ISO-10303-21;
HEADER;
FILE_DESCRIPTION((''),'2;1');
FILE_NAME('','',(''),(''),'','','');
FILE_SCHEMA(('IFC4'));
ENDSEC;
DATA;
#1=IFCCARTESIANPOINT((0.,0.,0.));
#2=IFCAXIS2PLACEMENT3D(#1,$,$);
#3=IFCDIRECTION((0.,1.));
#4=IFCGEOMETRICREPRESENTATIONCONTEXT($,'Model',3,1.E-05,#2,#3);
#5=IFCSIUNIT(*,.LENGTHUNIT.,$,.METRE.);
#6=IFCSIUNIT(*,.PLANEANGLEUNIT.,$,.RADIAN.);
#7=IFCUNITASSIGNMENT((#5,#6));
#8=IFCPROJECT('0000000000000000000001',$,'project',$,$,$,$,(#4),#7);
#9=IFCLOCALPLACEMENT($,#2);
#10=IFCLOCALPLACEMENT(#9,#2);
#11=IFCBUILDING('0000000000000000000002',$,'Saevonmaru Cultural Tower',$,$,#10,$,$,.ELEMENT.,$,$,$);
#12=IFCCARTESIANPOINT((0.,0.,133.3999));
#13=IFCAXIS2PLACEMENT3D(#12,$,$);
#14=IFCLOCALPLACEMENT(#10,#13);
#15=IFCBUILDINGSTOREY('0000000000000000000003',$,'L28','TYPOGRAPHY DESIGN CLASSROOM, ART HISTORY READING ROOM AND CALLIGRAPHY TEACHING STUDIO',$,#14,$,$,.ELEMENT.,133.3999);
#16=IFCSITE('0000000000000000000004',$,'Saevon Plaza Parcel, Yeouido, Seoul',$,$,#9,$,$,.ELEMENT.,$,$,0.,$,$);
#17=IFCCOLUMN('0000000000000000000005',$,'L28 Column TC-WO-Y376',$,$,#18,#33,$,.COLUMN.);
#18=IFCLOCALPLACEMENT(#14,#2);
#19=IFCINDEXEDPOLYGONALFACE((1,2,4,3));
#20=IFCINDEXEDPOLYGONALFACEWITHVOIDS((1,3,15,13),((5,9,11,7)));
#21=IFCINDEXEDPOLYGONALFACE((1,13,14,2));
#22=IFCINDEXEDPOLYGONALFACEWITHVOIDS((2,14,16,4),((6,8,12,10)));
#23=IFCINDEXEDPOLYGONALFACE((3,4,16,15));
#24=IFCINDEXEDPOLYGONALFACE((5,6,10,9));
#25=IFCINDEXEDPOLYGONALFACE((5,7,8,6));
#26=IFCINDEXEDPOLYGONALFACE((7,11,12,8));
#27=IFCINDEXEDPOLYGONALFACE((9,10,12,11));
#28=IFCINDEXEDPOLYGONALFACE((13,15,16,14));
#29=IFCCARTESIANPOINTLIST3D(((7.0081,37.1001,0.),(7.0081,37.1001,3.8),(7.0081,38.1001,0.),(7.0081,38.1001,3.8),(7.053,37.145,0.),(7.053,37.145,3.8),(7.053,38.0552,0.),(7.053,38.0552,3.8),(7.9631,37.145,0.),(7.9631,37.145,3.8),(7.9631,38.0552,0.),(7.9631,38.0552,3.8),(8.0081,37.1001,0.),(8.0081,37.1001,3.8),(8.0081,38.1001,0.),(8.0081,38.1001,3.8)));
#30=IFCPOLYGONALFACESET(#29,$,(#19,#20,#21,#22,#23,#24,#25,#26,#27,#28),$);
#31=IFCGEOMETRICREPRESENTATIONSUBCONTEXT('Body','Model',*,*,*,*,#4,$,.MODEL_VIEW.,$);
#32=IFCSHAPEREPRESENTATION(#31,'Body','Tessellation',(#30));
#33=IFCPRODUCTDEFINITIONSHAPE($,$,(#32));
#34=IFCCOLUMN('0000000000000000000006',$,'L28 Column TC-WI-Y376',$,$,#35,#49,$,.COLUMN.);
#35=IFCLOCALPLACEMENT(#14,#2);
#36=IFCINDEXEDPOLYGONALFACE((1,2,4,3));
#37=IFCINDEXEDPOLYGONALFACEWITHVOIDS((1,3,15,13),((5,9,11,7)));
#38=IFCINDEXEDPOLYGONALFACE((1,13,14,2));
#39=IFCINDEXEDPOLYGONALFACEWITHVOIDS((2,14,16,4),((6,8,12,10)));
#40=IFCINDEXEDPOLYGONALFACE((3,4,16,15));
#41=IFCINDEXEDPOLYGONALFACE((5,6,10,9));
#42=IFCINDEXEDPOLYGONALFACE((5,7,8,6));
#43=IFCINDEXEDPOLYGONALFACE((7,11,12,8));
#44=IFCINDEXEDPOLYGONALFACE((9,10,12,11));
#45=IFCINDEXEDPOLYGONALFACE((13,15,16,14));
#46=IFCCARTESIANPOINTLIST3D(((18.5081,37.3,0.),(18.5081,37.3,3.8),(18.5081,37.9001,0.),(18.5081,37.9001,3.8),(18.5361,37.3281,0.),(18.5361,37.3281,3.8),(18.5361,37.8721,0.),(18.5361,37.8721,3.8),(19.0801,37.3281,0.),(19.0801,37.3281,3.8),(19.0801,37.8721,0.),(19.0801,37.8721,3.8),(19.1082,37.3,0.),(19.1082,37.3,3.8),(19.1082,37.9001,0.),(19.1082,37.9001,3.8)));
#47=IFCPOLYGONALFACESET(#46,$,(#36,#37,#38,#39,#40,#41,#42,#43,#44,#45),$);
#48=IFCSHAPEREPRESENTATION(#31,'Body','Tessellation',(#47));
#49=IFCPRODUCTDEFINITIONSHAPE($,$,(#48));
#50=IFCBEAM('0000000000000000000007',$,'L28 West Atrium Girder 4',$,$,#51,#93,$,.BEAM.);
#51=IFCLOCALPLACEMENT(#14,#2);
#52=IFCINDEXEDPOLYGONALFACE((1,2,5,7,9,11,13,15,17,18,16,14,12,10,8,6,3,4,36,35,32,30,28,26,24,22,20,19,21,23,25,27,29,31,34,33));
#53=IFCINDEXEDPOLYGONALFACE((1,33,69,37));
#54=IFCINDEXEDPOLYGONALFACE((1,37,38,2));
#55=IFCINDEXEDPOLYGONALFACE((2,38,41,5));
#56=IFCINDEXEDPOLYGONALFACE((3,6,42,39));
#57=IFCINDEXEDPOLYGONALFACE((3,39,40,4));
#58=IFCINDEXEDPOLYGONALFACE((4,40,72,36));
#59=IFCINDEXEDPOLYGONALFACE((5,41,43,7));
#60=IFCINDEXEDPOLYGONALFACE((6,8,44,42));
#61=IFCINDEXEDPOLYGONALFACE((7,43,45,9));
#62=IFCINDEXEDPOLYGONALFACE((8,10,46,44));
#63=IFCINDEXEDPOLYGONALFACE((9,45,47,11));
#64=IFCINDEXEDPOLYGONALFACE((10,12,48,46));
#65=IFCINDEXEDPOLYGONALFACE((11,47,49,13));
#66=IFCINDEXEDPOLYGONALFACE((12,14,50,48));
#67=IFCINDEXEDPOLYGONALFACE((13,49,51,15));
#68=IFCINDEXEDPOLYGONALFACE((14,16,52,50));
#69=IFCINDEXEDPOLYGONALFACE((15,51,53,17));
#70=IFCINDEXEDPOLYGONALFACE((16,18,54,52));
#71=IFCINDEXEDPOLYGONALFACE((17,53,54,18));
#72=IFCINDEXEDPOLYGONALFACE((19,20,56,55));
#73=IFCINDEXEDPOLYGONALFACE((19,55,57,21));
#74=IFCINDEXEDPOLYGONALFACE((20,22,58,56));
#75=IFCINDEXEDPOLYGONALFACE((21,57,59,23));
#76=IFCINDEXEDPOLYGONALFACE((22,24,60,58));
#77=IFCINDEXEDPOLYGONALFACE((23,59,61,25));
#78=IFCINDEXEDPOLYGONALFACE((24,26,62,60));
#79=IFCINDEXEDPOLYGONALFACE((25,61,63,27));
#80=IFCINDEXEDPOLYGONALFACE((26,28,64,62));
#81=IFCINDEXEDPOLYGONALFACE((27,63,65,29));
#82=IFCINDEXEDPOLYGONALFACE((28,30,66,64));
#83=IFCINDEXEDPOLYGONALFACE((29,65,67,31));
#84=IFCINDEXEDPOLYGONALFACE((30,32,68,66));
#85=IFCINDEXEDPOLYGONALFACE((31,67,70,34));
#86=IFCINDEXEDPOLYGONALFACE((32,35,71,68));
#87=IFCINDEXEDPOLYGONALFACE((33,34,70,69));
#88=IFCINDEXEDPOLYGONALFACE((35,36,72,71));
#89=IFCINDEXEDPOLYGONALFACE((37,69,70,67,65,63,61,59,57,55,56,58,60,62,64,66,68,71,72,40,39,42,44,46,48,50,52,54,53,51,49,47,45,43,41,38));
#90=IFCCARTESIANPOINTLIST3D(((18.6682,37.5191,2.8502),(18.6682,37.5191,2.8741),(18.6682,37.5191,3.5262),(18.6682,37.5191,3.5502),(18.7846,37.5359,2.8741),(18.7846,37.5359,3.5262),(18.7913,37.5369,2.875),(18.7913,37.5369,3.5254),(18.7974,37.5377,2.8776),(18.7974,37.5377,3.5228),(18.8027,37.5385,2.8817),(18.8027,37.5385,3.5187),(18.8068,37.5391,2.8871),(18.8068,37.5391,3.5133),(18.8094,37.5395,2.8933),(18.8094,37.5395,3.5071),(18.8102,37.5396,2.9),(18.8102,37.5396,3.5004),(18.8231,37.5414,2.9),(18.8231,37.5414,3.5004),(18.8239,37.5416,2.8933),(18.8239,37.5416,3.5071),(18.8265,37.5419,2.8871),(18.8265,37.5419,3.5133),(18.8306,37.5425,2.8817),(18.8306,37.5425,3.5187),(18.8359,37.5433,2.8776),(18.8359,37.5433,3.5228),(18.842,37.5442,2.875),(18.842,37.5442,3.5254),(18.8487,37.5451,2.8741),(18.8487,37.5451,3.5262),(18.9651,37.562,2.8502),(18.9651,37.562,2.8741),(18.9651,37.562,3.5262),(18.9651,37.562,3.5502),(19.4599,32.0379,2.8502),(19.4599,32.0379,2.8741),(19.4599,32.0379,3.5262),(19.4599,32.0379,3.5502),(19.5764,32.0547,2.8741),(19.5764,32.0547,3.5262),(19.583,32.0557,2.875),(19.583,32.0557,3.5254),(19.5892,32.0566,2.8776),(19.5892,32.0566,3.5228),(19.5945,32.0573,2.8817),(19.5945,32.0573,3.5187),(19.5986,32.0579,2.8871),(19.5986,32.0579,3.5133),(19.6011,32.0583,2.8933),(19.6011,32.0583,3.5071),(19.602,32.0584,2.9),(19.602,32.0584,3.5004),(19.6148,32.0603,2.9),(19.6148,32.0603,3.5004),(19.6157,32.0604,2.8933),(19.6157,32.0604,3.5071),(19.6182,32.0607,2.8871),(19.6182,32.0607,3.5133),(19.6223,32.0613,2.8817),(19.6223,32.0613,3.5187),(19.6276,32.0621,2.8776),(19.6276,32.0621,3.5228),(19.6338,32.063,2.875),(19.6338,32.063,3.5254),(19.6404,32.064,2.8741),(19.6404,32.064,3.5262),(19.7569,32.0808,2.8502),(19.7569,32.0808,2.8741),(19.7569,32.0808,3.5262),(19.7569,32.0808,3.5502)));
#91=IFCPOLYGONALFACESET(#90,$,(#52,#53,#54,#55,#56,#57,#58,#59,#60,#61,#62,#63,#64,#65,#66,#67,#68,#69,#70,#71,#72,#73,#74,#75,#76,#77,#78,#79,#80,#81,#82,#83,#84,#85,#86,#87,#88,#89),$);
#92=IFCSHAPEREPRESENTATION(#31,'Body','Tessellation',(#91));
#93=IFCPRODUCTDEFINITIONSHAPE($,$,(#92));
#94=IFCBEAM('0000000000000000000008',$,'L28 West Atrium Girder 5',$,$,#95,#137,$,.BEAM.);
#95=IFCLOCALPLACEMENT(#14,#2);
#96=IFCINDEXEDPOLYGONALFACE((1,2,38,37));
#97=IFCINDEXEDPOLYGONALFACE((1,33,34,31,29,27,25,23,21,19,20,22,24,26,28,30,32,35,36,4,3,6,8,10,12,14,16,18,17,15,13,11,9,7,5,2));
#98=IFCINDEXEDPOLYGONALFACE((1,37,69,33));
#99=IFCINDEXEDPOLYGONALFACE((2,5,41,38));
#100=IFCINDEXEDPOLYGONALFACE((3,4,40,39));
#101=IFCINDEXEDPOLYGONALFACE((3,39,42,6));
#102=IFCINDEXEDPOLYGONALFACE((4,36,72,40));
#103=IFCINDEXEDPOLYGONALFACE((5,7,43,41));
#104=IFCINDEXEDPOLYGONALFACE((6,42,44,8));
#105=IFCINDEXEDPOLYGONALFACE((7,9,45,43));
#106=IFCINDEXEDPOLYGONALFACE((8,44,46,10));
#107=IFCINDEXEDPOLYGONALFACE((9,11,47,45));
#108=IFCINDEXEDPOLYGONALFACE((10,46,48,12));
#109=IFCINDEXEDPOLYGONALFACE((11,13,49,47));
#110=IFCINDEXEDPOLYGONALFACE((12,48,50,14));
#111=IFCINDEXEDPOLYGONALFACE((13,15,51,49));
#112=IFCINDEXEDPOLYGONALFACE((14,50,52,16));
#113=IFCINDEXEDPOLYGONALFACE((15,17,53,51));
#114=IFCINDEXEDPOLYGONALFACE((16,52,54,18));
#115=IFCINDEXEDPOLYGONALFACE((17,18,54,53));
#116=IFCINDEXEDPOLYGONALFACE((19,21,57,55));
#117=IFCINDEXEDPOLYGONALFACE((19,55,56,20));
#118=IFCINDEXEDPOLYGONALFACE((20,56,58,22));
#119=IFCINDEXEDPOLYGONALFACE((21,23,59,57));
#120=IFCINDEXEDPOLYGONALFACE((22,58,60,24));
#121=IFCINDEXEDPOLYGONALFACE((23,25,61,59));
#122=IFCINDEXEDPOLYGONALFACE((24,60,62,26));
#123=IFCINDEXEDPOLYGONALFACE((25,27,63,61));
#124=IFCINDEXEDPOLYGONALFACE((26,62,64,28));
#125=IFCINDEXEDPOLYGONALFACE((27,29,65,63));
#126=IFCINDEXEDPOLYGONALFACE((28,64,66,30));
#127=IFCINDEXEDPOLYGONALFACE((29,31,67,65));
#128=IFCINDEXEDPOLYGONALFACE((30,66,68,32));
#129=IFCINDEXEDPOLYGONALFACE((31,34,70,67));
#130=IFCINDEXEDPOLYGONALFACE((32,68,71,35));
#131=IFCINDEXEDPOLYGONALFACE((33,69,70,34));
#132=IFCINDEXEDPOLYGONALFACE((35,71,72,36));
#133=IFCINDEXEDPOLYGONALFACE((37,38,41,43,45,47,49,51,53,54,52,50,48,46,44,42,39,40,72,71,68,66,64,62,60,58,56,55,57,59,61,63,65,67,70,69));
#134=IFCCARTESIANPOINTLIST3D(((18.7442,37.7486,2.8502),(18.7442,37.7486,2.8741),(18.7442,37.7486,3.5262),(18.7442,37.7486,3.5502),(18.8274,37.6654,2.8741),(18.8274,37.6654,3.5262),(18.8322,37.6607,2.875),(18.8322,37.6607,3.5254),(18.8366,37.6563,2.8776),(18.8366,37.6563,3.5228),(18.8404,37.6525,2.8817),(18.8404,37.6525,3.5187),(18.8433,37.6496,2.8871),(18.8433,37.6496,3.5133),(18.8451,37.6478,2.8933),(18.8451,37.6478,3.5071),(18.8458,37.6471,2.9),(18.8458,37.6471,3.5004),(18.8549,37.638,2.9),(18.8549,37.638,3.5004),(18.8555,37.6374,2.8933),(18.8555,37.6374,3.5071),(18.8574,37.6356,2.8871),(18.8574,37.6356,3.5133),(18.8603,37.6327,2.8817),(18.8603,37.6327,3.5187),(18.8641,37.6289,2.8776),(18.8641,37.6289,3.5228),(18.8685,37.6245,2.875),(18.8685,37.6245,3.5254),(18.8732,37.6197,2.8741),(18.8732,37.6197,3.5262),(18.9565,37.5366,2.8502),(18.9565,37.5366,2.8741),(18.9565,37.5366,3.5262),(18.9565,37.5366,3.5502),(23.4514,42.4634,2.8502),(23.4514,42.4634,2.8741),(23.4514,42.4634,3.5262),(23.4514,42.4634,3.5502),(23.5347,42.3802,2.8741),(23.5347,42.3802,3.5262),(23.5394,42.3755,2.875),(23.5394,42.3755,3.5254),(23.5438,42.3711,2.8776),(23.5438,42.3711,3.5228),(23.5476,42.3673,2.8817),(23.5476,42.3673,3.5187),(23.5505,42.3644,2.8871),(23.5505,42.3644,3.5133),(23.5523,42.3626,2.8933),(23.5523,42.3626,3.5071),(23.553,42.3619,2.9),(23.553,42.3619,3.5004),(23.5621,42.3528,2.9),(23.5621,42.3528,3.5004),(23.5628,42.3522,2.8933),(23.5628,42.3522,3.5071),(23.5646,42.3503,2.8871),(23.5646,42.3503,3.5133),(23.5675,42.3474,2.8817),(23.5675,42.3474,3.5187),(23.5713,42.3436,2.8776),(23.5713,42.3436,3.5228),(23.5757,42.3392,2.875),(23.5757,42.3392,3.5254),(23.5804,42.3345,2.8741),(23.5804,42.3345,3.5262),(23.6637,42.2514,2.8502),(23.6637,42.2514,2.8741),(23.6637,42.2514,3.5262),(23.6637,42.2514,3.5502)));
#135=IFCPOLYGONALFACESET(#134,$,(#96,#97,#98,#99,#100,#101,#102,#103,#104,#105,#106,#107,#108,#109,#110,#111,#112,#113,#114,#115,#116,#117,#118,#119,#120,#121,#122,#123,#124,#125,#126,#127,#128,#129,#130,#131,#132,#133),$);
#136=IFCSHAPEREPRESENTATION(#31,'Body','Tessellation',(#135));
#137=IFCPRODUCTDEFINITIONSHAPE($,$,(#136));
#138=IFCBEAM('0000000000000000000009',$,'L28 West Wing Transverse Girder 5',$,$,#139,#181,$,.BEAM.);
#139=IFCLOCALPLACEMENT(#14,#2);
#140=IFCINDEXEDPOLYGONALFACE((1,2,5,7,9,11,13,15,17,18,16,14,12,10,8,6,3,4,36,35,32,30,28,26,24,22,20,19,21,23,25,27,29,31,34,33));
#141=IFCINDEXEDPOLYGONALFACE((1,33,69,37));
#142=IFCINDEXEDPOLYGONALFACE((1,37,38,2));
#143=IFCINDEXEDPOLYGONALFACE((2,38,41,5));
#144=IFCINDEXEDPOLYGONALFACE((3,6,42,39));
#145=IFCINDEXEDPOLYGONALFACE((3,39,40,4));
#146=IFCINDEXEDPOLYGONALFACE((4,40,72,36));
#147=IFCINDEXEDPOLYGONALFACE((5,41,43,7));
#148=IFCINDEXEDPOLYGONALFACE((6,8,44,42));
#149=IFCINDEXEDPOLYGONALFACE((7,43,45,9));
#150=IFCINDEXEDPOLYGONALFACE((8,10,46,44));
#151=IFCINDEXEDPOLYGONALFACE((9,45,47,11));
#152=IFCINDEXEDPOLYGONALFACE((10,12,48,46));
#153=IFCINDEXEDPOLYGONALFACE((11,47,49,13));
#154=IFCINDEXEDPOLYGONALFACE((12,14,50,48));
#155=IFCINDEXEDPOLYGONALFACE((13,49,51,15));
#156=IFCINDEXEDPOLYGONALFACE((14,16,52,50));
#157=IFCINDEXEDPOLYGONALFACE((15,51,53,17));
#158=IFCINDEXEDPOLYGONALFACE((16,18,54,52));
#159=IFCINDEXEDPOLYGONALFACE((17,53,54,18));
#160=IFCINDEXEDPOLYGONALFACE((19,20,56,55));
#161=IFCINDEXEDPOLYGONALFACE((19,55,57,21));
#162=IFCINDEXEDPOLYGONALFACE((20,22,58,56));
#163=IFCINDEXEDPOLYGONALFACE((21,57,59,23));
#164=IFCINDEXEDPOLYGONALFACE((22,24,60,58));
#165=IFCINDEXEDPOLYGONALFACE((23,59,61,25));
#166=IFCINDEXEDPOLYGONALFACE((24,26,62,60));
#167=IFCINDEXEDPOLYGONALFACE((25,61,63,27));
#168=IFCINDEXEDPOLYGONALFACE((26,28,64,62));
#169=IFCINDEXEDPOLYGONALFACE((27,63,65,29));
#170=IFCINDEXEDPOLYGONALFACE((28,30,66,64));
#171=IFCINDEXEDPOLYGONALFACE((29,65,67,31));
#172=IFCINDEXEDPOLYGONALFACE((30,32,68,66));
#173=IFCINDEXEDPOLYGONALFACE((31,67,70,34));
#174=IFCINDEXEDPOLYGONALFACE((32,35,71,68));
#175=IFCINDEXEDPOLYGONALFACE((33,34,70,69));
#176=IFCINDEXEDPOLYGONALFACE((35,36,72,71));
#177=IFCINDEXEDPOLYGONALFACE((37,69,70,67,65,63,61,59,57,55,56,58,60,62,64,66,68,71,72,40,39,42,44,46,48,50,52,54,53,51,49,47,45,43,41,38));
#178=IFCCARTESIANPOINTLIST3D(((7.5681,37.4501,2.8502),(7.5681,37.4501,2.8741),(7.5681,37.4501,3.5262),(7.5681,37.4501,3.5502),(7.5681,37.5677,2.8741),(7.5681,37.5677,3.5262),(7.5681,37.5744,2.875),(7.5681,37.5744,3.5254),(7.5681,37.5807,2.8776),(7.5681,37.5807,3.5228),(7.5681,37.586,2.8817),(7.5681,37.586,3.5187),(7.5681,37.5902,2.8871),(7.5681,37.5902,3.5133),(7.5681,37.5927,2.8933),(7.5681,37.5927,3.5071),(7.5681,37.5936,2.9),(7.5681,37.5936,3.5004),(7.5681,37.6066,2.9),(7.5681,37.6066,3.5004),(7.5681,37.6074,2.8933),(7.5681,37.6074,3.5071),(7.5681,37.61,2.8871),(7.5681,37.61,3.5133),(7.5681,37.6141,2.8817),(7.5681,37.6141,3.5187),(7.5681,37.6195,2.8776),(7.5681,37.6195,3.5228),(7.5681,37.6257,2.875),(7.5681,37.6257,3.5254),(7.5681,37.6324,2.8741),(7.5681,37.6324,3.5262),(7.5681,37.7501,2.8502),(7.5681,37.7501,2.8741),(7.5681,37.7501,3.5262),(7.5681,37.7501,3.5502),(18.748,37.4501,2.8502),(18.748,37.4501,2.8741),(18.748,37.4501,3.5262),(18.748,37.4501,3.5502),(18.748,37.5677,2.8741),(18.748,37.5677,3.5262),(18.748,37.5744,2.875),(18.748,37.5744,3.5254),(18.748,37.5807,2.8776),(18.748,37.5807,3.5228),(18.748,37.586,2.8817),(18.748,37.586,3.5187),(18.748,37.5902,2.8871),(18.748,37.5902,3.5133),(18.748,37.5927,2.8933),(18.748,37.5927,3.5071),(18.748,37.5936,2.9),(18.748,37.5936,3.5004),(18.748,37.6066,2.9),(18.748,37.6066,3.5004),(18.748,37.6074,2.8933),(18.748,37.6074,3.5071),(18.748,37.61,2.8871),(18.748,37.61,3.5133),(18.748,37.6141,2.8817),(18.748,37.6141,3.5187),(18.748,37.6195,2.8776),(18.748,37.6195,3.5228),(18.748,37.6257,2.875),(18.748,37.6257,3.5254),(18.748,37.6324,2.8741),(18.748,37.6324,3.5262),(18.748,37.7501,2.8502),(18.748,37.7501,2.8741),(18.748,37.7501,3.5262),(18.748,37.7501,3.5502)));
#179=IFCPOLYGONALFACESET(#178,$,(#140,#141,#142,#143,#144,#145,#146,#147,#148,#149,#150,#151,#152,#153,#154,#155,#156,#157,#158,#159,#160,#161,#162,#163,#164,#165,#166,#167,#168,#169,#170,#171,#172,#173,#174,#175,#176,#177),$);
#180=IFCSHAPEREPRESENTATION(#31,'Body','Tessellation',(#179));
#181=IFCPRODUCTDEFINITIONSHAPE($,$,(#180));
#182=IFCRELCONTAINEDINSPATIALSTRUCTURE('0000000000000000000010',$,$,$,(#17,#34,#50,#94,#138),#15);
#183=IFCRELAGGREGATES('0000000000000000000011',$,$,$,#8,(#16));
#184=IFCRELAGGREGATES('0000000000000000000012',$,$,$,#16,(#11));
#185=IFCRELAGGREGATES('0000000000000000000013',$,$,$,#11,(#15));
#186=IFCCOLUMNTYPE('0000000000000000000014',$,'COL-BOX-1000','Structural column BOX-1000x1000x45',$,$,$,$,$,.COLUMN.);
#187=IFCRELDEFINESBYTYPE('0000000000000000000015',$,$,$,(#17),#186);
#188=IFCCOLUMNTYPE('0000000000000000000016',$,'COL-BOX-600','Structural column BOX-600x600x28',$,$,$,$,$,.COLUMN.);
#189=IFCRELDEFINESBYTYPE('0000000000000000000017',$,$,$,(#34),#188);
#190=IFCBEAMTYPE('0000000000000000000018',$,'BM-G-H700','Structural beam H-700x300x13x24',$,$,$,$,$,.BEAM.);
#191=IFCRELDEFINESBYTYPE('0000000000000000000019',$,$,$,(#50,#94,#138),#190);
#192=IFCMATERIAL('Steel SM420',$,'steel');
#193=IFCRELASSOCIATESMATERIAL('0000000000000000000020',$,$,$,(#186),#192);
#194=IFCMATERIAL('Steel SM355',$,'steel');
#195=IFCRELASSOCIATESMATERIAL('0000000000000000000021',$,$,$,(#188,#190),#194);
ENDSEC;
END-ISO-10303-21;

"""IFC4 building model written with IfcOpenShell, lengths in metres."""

from ifc_helpers import new_model, si_unit, direction, frame, origin, origin_2d, place, context, subcontext, project, spatial, hollow_rectangle, i_section, extrude, material, material_profile, profile_set, type_object, element, save


model = new_model("IFC4")

# Units and contexts
model_context = context("Model", 3, precision=1e-05, world=origin(), true_north=direction((0.0, 1.0)))
body_context = subcontext(model_context, "Body", "Model", "MODEL_VIEW")
ifc_project = project(units=[si_unit("LENGTHUNIT", "METRE"), si_unit("PLANEANGLEUNIT", "RADIAN")], contexts=[model_context])

# Site, building, storey
site_placement = place(None, origin())
site = spatial("IfcSite", under=ifc_project, at=site_placement, Name="Saevon Plaza Parcel, Yeouido, Seoul", CompositionType="ELEMENT", RefElevation=0.0)
building_placement = place(site_placement, origin())
building = spatial("IfcBuilding", under=site, at=building_placement, Name="Saevonmaru Cultural Tower", CompositionType="ELEMENT")
storey_placement = place(building_placement, frame((0.0, 0.0, 133.3999)))
storey = spatial("IfcBuildingStorey", under=building, at=storey_placement, Name="L28", Description="TYPOGRAPHY DESIGN CLASSROOM, ART HISTORY READING ROOM AND CALLIGRAPHY TEACHING STUDIO", CompositionType="ELEMENT", Elevation=133.3999)

# Columns
ifc_material_1 = material(Name="Steel SM420", Category="steel")
ifc_material_profile_1 = material_profile(ifc_material_1, hollow_rectangle(XDim=1.0, YDim=1.0, WallThickness=0.0449, at=origin_2d()), Name="BOX-1000x1000x45")
ifc_profile_set_1 = profile_set([ifc_material_profile_1], Name="Steel SM420")
column_type_1 = type_object("IfcColumnType", Name="COL-BOX-1000", Description="Structural column BOX-1000x1000x45", PredefinedType="COLUMN", material=ifc_profile_set_1)
column_1_placement = place(storey_placement, frame((7.5081, 37.6001, 0.0), z_axis=(0.0, 0.0, 1.0), x_axis=(1.0, 0.0, 0.0)))
element("IfcColumn", 1, at=column_1_placement, inside=storey, type_object=column_type_1, Name="L28 Column TC-WO-Y376", PredefinedType="COLUMN", context=body_context, shape_type="SweptSolid", body=[
    extrude(hollow_rectangle(XDim=1.0, YDim=1.0, WallThickness=0.0449, at=origin_2d()), origin(), (0.0, 0.0, 1.0), 3.8),
])
ifc_material_2 = material(Name="Steel SM355", Category="steel")
ifc_material_profile_2 = material_profile(ifc_material_2, hollow_rectangle(XDim=0.6001, YDim=0.6001, WallThickness=0.0281, at=origin_2d()), Name="BOX-600x600x28")
ifc_profile_set_2 = profile_set([ifc_material_profile_2], Name="Steel SM355")
column_type_2 = type_object("IfcColumnType", Name="COL-BOX-600", Description="Structural column BOX-600x600x28", PredefinedType="COLUMN", material=ifc_profile_set_2)
column_2_placement = place(storey_placement, frame((18.8081, 37.6001, 0.0), z_axis=(0.0, 0.0, 1.0), x_axis=(1.0, 0.0, 0.0)))
element("IfcColumn", 2, at=column_2_placement, inside=storey, type_object=column_type_2, Name="L28 Column TC-WI-Y376", PredefinedType="COLUMN", context=body_context, shape_type="SweptSolid", body=[
    extrude(hollow_rectangle(XDim=0.6001, YDim=0.6001, WallThickness=0.0281, at=origin_2d()), origin(), (0.0, 0.0, 1.0), 3.8),
])

# Beams
ifc_material_profile_3 = material_profile(ifc_material_2, i_section(OverallWidth=0.3, OverallDepth=0.7, WebThickness=0.0129, FlangeThickness=0.0239, FilletRadius=0.0259, at=origin_2d()), Name="H-700x300x13x24")
ifc_profile_set_3 = profile_set([ifc_material_profile_3], Name="Steel SM355")
beam_type_1 = type_object("IfcBeamType", Name="BM-G-H700", Description="Structural beam H-700x300x13x24", PredefinedType="BEAM", material=ifc_profile_set_3)
beam_1_placement = place(storey_placement, frame((19.6084, 32.0593, 3.2002), z_axis=(-0.142964, 0.989728, 0.0), x_axis=(-0.989728, -0.142964, 0.0)))
element("IfcBeam", 3, at=beam_1_placement, inside=storey, type_object=beam_type_1, Name="L28 West Atrium Girder 4", PredefinedType="BEAM", context=body_context, shape_type="SweptSolid", body=[
    extrude(i_section(OverallWidth=0.3, OverallDepth=0.7, WebThickness=0.0129, FlangeThickness=0.0239, FilletRadius=0.0259, at=origin_2d()), origin(), (0.0, 0.0, 1.0), 5.5381),
])
beam_2_placement = place(storey_placement, frame((18.8503, 37.6426, 3.2002), z_axis=(0.706539, 0.707675, 0.0), x_axis=(-0.707675, 0.706539, 0.0)))
element("IfcBeam", 4, at=beam_2_placement, inside=storey, type_object=beam_type_1, Name="L28 West Atrium Girder 5", PredefinedType="BEAM", context=body_context, shape_type="SweptSolid", body=[
    extrude(i_section(OverallWidth=0.3, OverallDepth=0.7, WebThickness=0.0129, FlangeThickness=0.0239, FilletRadius=0.0259, at=origin_2d()), origin(), (0.0, 0.0, 1.0), 6.6624),
])
beam_3_placement = place(storey_placement, frame((7.5681, 37.6001, 3.2002), z_axis=(1.0, 0.0, 0.0), x_axis=(0.0, 1.0, 0.0)))
element("IfcBeam", 5, at=beam_3_placement, inside=storey, type_object=beam_type_1, Name="L28 West Wing Transverse Girder 5", PredefinedType="BEAM", context=body_context, shape_type="SweptSolid", body=[
    extrude(i_section(OverallWidth=0.3, OverallDepth=0.7, WebThickness=0.0129, FlangeThickness=0.0239, FilletRadius=0.0259, at=origin_2d()), origin(), (0.0, 0.0, 1.0), 11.1799),
])

save(model, "model.ifc")
